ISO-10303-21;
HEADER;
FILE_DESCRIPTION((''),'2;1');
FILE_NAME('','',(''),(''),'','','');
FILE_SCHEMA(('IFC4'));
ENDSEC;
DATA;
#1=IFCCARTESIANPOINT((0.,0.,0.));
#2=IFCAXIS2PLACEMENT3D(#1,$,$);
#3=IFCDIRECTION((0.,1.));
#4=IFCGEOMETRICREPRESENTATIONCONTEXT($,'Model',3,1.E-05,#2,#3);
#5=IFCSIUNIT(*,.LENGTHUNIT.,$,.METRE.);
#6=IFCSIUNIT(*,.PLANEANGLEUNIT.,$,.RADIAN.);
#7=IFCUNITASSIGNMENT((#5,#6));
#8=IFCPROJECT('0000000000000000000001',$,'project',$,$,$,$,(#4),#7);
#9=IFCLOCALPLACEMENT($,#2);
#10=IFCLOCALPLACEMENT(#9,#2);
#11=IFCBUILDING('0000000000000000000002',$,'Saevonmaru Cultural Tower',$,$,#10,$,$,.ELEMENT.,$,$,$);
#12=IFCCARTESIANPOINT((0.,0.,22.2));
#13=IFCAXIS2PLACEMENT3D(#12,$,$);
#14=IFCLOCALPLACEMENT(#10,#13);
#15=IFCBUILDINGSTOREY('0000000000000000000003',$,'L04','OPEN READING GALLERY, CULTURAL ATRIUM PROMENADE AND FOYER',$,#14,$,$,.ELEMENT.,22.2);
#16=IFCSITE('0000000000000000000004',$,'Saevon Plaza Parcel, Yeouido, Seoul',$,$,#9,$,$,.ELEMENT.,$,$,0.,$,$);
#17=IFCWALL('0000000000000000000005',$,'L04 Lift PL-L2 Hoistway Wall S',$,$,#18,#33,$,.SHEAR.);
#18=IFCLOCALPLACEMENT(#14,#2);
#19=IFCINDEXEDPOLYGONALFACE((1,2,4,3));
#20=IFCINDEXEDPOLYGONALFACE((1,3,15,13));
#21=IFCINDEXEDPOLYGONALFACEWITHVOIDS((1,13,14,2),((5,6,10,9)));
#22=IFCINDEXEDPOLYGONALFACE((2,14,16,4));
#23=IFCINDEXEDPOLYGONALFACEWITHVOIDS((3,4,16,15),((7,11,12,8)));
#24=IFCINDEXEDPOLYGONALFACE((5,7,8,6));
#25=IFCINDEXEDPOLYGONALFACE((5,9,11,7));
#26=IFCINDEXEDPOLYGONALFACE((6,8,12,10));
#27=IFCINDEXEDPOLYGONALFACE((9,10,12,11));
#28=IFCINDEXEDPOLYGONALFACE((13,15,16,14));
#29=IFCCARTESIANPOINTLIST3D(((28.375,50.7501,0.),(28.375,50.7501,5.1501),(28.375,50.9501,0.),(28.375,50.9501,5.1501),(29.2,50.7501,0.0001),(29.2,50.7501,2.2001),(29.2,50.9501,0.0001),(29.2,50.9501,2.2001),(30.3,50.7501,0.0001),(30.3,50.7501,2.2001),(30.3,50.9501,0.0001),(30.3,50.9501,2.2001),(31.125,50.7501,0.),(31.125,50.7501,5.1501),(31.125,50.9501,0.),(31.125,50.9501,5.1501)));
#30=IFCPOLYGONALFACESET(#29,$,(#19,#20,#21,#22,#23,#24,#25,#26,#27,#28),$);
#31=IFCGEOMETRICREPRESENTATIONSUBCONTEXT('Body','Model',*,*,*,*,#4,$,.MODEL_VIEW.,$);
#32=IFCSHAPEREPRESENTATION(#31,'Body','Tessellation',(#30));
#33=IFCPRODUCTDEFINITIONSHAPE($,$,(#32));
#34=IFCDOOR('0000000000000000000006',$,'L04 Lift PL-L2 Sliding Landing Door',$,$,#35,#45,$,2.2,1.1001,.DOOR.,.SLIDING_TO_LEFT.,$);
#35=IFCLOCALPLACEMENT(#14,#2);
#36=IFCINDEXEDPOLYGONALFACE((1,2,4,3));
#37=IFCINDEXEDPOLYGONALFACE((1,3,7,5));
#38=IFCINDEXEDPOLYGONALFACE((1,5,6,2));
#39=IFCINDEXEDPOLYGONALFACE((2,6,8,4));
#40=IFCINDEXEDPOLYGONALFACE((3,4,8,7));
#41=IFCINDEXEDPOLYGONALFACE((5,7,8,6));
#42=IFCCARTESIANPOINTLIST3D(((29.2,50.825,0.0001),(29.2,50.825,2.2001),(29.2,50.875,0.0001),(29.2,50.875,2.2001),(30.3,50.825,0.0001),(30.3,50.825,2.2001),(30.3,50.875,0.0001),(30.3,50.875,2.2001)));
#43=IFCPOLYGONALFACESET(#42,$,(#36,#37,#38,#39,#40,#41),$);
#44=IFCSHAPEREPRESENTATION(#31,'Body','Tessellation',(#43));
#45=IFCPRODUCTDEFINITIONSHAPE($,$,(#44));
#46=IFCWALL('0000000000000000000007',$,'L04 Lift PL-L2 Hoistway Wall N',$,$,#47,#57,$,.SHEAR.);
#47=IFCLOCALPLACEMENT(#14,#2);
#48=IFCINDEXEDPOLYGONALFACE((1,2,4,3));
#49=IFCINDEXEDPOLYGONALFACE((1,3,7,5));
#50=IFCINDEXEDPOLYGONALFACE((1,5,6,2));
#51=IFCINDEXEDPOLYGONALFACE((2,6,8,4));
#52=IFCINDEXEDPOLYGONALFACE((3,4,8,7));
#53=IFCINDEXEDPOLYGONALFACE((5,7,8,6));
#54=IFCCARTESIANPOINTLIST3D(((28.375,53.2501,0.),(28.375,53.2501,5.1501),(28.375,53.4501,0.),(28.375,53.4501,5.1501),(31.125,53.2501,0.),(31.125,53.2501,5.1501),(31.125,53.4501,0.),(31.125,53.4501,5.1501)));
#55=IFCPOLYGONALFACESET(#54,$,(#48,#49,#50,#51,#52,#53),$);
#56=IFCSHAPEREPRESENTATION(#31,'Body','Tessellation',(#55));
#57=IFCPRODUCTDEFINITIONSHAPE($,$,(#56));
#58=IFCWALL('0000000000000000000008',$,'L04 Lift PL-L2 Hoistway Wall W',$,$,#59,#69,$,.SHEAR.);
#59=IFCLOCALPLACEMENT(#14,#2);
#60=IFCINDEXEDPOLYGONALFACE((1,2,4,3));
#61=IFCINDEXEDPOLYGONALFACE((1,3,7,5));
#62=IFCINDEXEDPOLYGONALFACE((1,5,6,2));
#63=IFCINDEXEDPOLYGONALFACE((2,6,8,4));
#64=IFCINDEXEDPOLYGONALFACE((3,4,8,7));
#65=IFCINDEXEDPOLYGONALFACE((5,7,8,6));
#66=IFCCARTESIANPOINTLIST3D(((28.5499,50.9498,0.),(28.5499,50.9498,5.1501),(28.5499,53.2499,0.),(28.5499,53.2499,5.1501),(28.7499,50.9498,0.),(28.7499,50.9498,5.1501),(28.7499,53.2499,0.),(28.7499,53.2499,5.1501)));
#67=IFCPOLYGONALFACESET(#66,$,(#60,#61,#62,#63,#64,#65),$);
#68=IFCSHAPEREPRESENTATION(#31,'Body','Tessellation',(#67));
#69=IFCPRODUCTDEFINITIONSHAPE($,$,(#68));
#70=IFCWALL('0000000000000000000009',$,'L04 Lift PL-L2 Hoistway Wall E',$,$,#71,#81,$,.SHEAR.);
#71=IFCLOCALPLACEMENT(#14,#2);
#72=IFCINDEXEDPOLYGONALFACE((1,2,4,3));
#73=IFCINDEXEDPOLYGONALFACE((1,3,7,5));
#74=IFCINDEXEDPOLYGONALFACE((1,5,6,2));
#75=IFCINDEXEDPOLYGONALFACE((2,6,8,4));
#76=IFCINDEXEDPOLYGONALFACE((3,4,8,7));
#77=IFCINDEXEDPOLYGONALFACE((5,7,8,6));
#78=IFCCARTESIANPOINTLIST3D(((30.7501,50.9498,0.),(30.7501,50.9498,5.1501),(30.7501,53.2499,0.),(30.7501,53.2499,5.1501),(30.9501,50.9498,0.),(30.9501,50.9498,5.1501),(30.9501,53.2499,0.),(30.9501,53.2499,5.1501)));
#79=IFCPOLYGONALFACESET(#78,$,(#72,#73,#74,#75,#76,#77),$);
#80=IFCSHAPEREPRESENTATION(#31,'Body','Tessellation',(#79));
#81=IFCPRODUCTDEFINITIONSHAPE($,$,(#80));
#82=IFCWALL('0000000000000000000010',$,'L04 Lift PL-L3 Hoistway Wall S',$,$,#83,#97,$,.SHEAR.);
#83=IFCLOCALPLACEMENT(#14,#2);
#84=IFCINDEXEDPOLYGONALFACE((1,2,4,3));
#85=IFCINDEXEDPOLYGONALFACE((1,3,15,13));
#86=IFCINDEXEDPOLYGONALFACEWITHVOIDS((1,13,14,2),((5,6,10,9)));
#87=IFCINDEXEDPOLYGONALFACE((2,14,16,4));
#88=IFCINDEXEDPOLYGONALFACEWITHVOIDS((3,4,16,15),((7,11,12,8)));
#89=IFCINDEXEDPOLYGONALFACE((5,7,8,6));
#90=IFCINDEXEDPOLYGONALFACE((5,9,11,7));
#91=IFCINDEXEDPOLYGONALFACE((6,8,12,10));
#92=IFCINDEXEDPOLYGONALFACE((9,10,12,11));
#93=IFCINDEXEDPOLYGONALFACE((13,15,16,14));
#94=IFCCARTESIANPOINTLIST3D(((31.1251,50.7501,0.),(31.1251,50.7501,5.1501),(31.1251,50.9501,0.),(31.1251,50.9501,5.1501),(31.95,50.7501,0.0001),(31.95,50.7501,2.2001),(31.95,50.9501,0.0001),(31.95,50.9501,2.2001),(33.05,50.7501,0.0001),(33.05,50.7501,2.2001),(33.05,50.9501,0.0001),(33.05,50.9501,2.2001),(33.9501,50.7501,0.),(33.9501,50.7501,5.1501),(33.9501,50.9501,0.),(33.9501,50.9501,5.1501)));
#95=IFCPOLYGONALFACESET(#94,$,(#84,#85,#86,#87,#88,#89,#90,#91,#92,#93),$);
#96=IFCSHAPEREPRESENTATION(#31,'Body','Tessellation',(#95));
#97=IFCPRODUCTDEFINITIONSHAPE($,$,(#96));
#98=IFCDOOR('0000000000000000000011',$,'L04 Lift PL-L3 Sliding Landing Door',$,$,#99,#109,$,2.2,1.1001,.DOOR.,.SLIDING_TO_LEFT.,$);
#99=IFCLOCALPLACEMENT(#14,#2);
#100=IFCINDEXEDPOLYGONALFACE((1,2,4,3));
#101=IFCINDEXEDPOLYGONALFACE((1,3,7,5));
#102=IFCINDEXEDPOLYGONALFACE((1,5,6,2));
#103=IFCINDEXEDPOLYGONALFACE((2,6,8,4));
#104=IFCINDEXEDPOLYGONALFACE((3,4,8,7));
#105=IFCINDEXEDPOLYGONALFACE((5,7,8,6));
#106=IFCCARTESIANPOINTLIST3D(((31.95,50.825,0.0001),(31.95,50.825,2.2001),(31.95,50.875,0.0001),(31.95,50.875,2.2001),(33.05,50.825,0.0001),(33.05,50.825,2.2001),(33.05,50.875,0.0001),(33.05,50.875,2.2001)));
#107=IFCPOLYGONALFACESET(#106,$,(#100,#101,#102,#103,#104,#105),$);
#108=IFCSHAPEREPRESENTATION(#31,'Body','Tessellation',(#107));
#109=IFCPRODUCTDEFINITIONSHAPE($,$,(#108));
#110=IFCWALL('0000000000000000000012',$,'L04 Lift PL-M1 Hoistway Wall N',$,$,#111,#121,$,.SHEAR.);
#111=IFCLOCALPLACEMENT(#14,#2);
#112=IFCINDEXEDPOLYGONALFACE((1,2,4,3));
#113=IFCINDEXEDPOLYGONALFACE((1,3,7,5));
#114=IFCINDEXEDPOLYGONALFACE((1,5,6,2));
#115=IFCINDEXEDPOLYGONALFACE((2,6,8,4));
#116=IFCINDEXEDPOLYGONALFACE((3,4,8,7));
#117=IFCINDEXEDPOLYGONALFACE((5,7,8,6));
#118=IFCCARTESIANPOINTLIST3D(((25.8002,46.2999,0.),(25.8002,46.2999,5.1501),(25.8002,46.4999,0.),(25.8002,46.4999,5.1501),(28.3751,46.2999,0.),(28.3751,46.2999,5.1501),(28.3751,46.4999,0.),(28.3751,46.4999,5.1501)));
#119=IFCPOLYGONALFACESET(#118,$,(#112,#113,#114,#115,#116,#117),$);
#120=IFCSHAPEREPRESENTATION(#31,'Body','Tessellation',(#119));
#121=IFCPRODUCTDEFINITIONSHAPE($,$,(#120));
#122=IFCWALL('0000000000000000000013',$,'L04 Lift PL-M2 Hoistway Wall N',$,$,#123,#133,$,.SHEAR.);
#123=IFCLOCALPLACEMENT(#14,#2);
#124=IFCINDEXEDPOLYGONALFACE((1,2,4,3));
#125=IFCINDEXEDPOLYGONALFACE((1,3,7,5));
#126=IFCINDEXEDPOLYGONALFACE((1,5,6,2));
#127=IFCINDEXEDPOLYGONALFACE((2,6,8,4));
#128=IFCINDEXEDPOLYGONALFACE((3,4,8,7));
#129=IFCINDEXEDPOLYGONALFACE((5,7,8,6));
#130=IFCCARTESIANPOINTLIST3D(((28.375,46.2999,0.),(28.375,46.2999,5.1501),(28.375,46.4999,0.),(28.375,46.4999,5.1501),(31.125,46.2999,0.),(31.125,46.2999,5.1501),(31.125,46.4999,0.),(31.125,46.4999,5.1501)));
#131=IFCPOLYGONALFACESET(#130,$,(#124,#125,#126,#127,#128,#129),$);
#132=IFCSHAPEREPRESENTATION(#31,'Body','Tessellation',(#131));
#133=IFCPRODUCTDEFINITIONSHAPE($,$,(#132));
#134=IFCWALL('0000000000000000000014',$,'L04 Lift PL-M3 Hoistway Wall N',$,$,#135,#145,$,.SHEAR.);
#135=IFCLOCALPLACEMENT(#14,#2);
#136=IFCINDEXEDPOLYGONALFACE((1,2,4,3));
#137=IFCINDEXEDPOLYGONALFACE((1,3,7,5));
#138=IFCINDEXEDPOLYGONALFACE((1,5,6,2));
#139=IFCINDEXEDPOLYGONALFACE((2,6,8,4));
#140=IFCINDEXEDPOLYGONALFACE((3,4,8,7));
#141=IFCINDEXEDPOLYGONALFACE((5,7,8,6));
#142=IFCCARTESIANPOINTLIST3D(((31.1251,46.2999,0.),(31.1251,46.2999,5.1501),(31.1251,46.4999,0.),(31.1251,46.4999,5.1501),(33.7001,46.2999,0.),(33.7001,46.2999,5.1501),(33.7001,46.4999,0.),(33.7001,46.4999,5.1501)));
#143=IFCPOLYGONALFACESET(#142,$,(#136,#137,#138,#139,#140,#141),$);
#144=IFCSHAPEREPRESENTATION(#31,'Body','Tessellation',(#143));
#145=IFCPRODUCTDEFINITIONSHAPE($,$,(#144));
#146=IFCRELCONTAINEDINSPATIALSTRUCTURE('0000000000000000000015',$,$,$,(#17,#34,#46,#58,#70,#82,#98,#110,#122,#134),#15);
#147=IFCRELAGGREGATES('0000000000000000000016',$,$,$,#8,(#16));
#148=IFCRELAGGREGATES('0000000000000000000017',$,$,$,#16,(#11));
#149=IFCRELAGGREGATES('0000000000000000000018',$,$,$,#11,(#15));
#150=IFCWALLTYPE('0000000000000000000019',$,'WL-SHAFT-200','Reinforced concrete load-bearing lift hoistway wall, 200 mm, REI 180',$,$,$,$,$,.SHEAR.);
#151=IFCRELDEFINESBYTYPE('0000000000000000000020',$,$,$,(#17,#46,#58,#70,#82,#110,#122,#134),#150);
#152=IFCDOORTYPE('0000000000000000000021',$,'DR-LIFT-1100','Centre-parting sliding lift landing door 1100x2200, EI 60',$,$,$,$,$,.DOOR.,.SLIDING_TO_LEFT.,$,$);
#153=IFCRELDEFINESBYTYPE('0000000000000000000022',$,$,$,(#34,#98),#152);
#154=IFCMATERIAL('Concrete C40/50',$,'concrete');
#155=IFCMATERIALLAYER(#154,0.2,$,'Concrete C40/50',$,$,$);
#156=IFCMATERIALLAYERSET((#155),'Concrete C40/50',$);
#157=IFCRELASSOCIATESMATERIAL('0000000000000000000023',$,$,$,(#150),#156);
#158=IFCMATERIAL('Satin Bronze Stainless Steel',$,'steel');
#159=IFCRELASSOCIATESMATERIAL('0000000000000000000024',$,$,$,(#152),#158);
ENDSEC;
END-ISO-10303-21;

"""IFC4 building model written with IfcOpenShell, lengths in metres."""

from ifc_helpers import new_model, si_unit, direction, frame, frame_2d, origin, place, context, subcontext, project, spatial, rectangle, extrude, material, layer, layer_set, type_object, element, fill, save


model = new_model("IFC4")

# Units and contexts
model_context = context("Model", 3, precision=1e-05, world=origin(), true_north=direction((0.0, 1.0)))
body_context = subcontext(model_context, "Body", "Model", "MODEL_VIEW")
ifc_project = project(units=[si_unit("LENGTHUNIT", "METRE"), si_unit("PLANEANGLEUNIT", "RADIAN")], contexts=[model_context])

# Site, building, storey
site_placement = place(None, origin())
site = spatial("IfcSite", under=ifc_project, at=site_placement, Name="Saevon Plaza Parcel, Yeouido, Seoul", CompositionType="ELEMENT", RefElevation=0.0)
building_placement = place(site_placement, origin())
building = spatial("IfcBuilding", under=site, at=building_placement, Name="Saevonmaru Cultural Tower", CompositionType="ELEMENT")
storey_placement = place(building_placement, frame((0.0, 0.0, 22.2)))
storey = spatial("IfcBuildingStorey", under=building, at=storey_placement, Name="L04", Description="OPEN READING GALLERY, CULTURAL ATRIUM PROMENADE AND FOYER", CompositionType="ELEMENT", Elevation=22.2)

# Shared definitions
ifc_material_1 = material(Name="Concrete C40/50", Category="concrete")
ifc_layer = layer(ifc_material_1, 0.2, Name="Concrete C40/50")
ifc_layer_set = layer_set([ifc_layer], Name="Concrete C40/50")
wall_type = type_object("IfcWallType", Name="WL-SHAFT-200", Description="Reinforced concrete load-bearing lift hoistway wall, 200 mm, REI 180", PredefinedType="SHEAR", material=ifc_layer_set)

# Shared definitions
ifc_material_2 = material(Name="Satin Bronze Stainless Steel", Category="steel")
door_type = type_object("IfcDoorType", Name="DR-LIFT-1100", Description="Centre-parting sliding lift landing door 1100x2200, EI 60", OperationType="SLIDING_TO_LEFT", PredefinedType="DOOR", material=ifc_material_2)

# Wall, opening, door
wall_1_placement = place(storey_placement, frame((28.375, 50.8501, 0.0), z_axis=(0.0, 0.0, 1.0), x_axis=(1.0, 0.0, 0.0)))
wall_1 = element("IfcWall", 1, at=wall_1_placement, inside=storey, type_object=wall_type, Name="L04 Lift PL-L2 Hoistway Wall S", PredefinedType="SHEAR", context=body_context, shape_type="SweptSolid", body=[
    extrude(rectangle(XDim=2.75, YDim=0.2, at=frame_2d((1.375, 0.0))), origin(), (0.0, 0.0, 1.0), 5.1501),
])
opening_1_placement = place(wall_1_placement, frame((0.825, 0.0, 0.0)))
opening_1 = element("IfcOpeningElement", 2, at=opening_1_placement, cuts=wall_1, PredefinedType="OPENING", context=body_context, shape_type="SweptSolid", body=[
    extrude(rectangle(XDim=1.1001, YDim=2.2, at=frame_2d((0.55, 1.1001))), frame((0.0, 0.1099, 0.0), z_axis=(0.0, -1.0, 0.0), x_axis=(1.0, 0.0, 0.0)), (0.0, 0.0, 1.0), 0.22),
])
door_1_placement = place(opening_1_placement, origin())
door_1 = element("IfcDoor", 3, at=door_1_placement, inside=storey, type_object=door_type, Name="L04 Lift PL-L2 Sliding Landing Door", OperationType="SLIDING_TO_LEFT", OverallHeight=2.2, OverallWidth=1.1001, PredefinedType="DOOR", context=body_context, shape_type="SweptSolid", body=[
    extrude(rectangle(XDim=1.1001, YDim=2.2, at=frame_2d((0.55, 1.1001))), frame((0.0, 0.0249, 0.0), z_axis=(0.0, -1.0, 0.0), x_axis=(1.0, 0.0, 0.0)), (0.0, 0.0, 1.0), 0.05),
])
fill(opening_1, door_1)

# Walls
wall_2_placement = place(storey_placement, frame((28.375, 53.3501, 0.0), z_axis=(0.0, 0.0, 1.0), x_axis=(1.0, 0.0, 0.0)))
element("IfcWall", 4, at=wall_2_placement, inside=storey, type_object=wall_type, Name="L04 Lift PL-L2 Hoistway Wall N", PredefinedType="SHEAR", context=body_context, shape_type="SweptSolid", body=[
    extrude(rectangle(XDim=2.75, YDim=0.2, at=frame_2d((1.375, 0.0))), origin(), (0.0, 0.0, 1.0), 5.1501),
])
for number, where, z_axis, x_axis, name in (
    (5, (28.6499, 50.95, 0.0), (0.0, 0.0, 1.0), (0.0, 1.0, 0.0), "L04 Lift PL-L2 Hoistway Wall W"),
    (6, (30.8501, 50.95, 0.0), (0.0, 0.0, 1.0), (0.0, 1.0, 0.0), "L04 Lift PL-L2 Hoistway Wall E"),
):
    element("IfcWall", number, at=place(storey_placement, frame(where, z_axis=z_axis, x_axis=x_axis)), inside=storey, type_object=wall_type, Name=name, PredefinedType="SHEAR", context=body_context, shape_type="SweptSolid", body=[
        extrude(rectangle(XDim=2.3, YDim=0.2, at=frame_2d((1.1499, 0.0))), origin(), (0.0, 0.0, 1.0), 5.1501),
    ])

# Wall, opening, door
wall_3_placement = place(storey_placement, frame((31.125, 50.8501, 0.0), z_axis=(0.0, 0.0, 1.0), x_axis=(1.0, 0.0, 0.0)))
wall_3 = element("IfcWall", 7, at=wall_3_placement, inside=storey, type_object=wall_type, Name="L04 Lift PL-L3 Hoistway Wall S", PredefinedType="SHEAR", context=body_context, shape_type="SweptSolid", body=[
    extrude(rectangle(XDim=2.825, YDim=0.2, at=frame_2d((1.4126, 0.0))), origin(), (0.0, 0.0, 1.0), 5.1501),
])
opening_2_placement = place(wall_3_placement, frame((0.825, 0.0, 0.0)))
opening_2 = element("IfcOpeningElement", 8, at=opening_2_placement, cuts=wall_3, PredefinedType="OPENING", context=body_context, shape_type="SweptSolid", body=[
    extrude(rectangle(XDim=1.1001, YDim=2.2, at=frame_2d((0.55, 1.1001))), frame((0.0, 0.1099, 0.0), z_axis=(0.0, -1.0, 0.0), x_axis=(1.0, 0.0, 0.0)), (0.0, 0.0, 1.0), 0.22),
])
door_2_placement = place(opening_2_placement, origin())
door_2 = element("IfcDoor", 9, at=door_2_placement, inside=storey, type_object=door_type, Name="L04 Lift PL-L3 Sliding Landing Door", OperationType="SLIDING_TO_LEFT", OverallHeight=2.2, OverallWidth=1.1001, PredefinedType="DOOR", context=body_context, shape_type="SweptSolid", body=[
    extrude(rectangle(XDim=1.1001, YDim=2.2, at=frame_2d((0.55, 1.1001))), frame((0.0, 0.0249, 0.0), z_axis=(0.0, -1.0, 0.0), x_axis=(1.0, 0.0, 0.0)), (0.0, 0.0, 1.0), 0.05),
])
fill(opening_2, door_2)

# Walls
wall_4_placement = place(storey_placement, frame((25.8, 46.3999, 0.0), z_axis=(0.0, 0.0, 1.0), x_axis=(1.0, 0.0, 0.0)))
element("IfcWall", 10, at=wall_4_placement, inside=storey, type_object=wall_type, Name="L04 Lift PL-M1 Hoistway Wall N", PredefinedType="SHEAR", context=body_context, shape_type="SweptSolid", body=[
    extrude(rectangle(XDim=2.575, YDim=0.2, at=frame_2d((1.2876, 0.0))), origin(), (0.0, 0.0, 1.0), 5.1501),
])
wall_5_placement = place(storey_placement, frame((28.375, 46.3999, 0.0), z_axis=(0.0, 0.0, 1.0), x_axis=(1.0, 0.0, 0.0)))
element("IfcWall", 11, at=wall_5_placement, inside=storey, type_object=wall_type, Name="L04 Lift PL-M2 Hoistway Wall N", PredefinedType="SHEAR", context=body_context, shape_type="SweptSolid", body=[
    extrude(rectangle(XDim=2.75, YDim=0.2, at=frame_2d((1.375, 0.0))), origin(), (0.0, 0.0, 1.0), 5.1501),
])
wall_6_placement = place(storey_placement, frame((31.125, 46.3999, 0.0), z_axis=(0.0, 0.0, 1.0), x_axis=(1.0, 0.0, 0.0)))
element("IfcWall", 12, at=wall_6_placement, inside=storey, type_object=wall_type, Name="L04 Lift PL-M3 Hoistway Wall N", PredefinedType="SHEAR", context=body_context, shape_type="SweptSolid", body=[
    extrude(rectangle(XDim=2.575, YDim=0.2, at=frame_2d((1.2876, 0.0))), origin(), (0.0, 0.0, 1.0), 5.1501),
])

save(model, "model.ifc")
